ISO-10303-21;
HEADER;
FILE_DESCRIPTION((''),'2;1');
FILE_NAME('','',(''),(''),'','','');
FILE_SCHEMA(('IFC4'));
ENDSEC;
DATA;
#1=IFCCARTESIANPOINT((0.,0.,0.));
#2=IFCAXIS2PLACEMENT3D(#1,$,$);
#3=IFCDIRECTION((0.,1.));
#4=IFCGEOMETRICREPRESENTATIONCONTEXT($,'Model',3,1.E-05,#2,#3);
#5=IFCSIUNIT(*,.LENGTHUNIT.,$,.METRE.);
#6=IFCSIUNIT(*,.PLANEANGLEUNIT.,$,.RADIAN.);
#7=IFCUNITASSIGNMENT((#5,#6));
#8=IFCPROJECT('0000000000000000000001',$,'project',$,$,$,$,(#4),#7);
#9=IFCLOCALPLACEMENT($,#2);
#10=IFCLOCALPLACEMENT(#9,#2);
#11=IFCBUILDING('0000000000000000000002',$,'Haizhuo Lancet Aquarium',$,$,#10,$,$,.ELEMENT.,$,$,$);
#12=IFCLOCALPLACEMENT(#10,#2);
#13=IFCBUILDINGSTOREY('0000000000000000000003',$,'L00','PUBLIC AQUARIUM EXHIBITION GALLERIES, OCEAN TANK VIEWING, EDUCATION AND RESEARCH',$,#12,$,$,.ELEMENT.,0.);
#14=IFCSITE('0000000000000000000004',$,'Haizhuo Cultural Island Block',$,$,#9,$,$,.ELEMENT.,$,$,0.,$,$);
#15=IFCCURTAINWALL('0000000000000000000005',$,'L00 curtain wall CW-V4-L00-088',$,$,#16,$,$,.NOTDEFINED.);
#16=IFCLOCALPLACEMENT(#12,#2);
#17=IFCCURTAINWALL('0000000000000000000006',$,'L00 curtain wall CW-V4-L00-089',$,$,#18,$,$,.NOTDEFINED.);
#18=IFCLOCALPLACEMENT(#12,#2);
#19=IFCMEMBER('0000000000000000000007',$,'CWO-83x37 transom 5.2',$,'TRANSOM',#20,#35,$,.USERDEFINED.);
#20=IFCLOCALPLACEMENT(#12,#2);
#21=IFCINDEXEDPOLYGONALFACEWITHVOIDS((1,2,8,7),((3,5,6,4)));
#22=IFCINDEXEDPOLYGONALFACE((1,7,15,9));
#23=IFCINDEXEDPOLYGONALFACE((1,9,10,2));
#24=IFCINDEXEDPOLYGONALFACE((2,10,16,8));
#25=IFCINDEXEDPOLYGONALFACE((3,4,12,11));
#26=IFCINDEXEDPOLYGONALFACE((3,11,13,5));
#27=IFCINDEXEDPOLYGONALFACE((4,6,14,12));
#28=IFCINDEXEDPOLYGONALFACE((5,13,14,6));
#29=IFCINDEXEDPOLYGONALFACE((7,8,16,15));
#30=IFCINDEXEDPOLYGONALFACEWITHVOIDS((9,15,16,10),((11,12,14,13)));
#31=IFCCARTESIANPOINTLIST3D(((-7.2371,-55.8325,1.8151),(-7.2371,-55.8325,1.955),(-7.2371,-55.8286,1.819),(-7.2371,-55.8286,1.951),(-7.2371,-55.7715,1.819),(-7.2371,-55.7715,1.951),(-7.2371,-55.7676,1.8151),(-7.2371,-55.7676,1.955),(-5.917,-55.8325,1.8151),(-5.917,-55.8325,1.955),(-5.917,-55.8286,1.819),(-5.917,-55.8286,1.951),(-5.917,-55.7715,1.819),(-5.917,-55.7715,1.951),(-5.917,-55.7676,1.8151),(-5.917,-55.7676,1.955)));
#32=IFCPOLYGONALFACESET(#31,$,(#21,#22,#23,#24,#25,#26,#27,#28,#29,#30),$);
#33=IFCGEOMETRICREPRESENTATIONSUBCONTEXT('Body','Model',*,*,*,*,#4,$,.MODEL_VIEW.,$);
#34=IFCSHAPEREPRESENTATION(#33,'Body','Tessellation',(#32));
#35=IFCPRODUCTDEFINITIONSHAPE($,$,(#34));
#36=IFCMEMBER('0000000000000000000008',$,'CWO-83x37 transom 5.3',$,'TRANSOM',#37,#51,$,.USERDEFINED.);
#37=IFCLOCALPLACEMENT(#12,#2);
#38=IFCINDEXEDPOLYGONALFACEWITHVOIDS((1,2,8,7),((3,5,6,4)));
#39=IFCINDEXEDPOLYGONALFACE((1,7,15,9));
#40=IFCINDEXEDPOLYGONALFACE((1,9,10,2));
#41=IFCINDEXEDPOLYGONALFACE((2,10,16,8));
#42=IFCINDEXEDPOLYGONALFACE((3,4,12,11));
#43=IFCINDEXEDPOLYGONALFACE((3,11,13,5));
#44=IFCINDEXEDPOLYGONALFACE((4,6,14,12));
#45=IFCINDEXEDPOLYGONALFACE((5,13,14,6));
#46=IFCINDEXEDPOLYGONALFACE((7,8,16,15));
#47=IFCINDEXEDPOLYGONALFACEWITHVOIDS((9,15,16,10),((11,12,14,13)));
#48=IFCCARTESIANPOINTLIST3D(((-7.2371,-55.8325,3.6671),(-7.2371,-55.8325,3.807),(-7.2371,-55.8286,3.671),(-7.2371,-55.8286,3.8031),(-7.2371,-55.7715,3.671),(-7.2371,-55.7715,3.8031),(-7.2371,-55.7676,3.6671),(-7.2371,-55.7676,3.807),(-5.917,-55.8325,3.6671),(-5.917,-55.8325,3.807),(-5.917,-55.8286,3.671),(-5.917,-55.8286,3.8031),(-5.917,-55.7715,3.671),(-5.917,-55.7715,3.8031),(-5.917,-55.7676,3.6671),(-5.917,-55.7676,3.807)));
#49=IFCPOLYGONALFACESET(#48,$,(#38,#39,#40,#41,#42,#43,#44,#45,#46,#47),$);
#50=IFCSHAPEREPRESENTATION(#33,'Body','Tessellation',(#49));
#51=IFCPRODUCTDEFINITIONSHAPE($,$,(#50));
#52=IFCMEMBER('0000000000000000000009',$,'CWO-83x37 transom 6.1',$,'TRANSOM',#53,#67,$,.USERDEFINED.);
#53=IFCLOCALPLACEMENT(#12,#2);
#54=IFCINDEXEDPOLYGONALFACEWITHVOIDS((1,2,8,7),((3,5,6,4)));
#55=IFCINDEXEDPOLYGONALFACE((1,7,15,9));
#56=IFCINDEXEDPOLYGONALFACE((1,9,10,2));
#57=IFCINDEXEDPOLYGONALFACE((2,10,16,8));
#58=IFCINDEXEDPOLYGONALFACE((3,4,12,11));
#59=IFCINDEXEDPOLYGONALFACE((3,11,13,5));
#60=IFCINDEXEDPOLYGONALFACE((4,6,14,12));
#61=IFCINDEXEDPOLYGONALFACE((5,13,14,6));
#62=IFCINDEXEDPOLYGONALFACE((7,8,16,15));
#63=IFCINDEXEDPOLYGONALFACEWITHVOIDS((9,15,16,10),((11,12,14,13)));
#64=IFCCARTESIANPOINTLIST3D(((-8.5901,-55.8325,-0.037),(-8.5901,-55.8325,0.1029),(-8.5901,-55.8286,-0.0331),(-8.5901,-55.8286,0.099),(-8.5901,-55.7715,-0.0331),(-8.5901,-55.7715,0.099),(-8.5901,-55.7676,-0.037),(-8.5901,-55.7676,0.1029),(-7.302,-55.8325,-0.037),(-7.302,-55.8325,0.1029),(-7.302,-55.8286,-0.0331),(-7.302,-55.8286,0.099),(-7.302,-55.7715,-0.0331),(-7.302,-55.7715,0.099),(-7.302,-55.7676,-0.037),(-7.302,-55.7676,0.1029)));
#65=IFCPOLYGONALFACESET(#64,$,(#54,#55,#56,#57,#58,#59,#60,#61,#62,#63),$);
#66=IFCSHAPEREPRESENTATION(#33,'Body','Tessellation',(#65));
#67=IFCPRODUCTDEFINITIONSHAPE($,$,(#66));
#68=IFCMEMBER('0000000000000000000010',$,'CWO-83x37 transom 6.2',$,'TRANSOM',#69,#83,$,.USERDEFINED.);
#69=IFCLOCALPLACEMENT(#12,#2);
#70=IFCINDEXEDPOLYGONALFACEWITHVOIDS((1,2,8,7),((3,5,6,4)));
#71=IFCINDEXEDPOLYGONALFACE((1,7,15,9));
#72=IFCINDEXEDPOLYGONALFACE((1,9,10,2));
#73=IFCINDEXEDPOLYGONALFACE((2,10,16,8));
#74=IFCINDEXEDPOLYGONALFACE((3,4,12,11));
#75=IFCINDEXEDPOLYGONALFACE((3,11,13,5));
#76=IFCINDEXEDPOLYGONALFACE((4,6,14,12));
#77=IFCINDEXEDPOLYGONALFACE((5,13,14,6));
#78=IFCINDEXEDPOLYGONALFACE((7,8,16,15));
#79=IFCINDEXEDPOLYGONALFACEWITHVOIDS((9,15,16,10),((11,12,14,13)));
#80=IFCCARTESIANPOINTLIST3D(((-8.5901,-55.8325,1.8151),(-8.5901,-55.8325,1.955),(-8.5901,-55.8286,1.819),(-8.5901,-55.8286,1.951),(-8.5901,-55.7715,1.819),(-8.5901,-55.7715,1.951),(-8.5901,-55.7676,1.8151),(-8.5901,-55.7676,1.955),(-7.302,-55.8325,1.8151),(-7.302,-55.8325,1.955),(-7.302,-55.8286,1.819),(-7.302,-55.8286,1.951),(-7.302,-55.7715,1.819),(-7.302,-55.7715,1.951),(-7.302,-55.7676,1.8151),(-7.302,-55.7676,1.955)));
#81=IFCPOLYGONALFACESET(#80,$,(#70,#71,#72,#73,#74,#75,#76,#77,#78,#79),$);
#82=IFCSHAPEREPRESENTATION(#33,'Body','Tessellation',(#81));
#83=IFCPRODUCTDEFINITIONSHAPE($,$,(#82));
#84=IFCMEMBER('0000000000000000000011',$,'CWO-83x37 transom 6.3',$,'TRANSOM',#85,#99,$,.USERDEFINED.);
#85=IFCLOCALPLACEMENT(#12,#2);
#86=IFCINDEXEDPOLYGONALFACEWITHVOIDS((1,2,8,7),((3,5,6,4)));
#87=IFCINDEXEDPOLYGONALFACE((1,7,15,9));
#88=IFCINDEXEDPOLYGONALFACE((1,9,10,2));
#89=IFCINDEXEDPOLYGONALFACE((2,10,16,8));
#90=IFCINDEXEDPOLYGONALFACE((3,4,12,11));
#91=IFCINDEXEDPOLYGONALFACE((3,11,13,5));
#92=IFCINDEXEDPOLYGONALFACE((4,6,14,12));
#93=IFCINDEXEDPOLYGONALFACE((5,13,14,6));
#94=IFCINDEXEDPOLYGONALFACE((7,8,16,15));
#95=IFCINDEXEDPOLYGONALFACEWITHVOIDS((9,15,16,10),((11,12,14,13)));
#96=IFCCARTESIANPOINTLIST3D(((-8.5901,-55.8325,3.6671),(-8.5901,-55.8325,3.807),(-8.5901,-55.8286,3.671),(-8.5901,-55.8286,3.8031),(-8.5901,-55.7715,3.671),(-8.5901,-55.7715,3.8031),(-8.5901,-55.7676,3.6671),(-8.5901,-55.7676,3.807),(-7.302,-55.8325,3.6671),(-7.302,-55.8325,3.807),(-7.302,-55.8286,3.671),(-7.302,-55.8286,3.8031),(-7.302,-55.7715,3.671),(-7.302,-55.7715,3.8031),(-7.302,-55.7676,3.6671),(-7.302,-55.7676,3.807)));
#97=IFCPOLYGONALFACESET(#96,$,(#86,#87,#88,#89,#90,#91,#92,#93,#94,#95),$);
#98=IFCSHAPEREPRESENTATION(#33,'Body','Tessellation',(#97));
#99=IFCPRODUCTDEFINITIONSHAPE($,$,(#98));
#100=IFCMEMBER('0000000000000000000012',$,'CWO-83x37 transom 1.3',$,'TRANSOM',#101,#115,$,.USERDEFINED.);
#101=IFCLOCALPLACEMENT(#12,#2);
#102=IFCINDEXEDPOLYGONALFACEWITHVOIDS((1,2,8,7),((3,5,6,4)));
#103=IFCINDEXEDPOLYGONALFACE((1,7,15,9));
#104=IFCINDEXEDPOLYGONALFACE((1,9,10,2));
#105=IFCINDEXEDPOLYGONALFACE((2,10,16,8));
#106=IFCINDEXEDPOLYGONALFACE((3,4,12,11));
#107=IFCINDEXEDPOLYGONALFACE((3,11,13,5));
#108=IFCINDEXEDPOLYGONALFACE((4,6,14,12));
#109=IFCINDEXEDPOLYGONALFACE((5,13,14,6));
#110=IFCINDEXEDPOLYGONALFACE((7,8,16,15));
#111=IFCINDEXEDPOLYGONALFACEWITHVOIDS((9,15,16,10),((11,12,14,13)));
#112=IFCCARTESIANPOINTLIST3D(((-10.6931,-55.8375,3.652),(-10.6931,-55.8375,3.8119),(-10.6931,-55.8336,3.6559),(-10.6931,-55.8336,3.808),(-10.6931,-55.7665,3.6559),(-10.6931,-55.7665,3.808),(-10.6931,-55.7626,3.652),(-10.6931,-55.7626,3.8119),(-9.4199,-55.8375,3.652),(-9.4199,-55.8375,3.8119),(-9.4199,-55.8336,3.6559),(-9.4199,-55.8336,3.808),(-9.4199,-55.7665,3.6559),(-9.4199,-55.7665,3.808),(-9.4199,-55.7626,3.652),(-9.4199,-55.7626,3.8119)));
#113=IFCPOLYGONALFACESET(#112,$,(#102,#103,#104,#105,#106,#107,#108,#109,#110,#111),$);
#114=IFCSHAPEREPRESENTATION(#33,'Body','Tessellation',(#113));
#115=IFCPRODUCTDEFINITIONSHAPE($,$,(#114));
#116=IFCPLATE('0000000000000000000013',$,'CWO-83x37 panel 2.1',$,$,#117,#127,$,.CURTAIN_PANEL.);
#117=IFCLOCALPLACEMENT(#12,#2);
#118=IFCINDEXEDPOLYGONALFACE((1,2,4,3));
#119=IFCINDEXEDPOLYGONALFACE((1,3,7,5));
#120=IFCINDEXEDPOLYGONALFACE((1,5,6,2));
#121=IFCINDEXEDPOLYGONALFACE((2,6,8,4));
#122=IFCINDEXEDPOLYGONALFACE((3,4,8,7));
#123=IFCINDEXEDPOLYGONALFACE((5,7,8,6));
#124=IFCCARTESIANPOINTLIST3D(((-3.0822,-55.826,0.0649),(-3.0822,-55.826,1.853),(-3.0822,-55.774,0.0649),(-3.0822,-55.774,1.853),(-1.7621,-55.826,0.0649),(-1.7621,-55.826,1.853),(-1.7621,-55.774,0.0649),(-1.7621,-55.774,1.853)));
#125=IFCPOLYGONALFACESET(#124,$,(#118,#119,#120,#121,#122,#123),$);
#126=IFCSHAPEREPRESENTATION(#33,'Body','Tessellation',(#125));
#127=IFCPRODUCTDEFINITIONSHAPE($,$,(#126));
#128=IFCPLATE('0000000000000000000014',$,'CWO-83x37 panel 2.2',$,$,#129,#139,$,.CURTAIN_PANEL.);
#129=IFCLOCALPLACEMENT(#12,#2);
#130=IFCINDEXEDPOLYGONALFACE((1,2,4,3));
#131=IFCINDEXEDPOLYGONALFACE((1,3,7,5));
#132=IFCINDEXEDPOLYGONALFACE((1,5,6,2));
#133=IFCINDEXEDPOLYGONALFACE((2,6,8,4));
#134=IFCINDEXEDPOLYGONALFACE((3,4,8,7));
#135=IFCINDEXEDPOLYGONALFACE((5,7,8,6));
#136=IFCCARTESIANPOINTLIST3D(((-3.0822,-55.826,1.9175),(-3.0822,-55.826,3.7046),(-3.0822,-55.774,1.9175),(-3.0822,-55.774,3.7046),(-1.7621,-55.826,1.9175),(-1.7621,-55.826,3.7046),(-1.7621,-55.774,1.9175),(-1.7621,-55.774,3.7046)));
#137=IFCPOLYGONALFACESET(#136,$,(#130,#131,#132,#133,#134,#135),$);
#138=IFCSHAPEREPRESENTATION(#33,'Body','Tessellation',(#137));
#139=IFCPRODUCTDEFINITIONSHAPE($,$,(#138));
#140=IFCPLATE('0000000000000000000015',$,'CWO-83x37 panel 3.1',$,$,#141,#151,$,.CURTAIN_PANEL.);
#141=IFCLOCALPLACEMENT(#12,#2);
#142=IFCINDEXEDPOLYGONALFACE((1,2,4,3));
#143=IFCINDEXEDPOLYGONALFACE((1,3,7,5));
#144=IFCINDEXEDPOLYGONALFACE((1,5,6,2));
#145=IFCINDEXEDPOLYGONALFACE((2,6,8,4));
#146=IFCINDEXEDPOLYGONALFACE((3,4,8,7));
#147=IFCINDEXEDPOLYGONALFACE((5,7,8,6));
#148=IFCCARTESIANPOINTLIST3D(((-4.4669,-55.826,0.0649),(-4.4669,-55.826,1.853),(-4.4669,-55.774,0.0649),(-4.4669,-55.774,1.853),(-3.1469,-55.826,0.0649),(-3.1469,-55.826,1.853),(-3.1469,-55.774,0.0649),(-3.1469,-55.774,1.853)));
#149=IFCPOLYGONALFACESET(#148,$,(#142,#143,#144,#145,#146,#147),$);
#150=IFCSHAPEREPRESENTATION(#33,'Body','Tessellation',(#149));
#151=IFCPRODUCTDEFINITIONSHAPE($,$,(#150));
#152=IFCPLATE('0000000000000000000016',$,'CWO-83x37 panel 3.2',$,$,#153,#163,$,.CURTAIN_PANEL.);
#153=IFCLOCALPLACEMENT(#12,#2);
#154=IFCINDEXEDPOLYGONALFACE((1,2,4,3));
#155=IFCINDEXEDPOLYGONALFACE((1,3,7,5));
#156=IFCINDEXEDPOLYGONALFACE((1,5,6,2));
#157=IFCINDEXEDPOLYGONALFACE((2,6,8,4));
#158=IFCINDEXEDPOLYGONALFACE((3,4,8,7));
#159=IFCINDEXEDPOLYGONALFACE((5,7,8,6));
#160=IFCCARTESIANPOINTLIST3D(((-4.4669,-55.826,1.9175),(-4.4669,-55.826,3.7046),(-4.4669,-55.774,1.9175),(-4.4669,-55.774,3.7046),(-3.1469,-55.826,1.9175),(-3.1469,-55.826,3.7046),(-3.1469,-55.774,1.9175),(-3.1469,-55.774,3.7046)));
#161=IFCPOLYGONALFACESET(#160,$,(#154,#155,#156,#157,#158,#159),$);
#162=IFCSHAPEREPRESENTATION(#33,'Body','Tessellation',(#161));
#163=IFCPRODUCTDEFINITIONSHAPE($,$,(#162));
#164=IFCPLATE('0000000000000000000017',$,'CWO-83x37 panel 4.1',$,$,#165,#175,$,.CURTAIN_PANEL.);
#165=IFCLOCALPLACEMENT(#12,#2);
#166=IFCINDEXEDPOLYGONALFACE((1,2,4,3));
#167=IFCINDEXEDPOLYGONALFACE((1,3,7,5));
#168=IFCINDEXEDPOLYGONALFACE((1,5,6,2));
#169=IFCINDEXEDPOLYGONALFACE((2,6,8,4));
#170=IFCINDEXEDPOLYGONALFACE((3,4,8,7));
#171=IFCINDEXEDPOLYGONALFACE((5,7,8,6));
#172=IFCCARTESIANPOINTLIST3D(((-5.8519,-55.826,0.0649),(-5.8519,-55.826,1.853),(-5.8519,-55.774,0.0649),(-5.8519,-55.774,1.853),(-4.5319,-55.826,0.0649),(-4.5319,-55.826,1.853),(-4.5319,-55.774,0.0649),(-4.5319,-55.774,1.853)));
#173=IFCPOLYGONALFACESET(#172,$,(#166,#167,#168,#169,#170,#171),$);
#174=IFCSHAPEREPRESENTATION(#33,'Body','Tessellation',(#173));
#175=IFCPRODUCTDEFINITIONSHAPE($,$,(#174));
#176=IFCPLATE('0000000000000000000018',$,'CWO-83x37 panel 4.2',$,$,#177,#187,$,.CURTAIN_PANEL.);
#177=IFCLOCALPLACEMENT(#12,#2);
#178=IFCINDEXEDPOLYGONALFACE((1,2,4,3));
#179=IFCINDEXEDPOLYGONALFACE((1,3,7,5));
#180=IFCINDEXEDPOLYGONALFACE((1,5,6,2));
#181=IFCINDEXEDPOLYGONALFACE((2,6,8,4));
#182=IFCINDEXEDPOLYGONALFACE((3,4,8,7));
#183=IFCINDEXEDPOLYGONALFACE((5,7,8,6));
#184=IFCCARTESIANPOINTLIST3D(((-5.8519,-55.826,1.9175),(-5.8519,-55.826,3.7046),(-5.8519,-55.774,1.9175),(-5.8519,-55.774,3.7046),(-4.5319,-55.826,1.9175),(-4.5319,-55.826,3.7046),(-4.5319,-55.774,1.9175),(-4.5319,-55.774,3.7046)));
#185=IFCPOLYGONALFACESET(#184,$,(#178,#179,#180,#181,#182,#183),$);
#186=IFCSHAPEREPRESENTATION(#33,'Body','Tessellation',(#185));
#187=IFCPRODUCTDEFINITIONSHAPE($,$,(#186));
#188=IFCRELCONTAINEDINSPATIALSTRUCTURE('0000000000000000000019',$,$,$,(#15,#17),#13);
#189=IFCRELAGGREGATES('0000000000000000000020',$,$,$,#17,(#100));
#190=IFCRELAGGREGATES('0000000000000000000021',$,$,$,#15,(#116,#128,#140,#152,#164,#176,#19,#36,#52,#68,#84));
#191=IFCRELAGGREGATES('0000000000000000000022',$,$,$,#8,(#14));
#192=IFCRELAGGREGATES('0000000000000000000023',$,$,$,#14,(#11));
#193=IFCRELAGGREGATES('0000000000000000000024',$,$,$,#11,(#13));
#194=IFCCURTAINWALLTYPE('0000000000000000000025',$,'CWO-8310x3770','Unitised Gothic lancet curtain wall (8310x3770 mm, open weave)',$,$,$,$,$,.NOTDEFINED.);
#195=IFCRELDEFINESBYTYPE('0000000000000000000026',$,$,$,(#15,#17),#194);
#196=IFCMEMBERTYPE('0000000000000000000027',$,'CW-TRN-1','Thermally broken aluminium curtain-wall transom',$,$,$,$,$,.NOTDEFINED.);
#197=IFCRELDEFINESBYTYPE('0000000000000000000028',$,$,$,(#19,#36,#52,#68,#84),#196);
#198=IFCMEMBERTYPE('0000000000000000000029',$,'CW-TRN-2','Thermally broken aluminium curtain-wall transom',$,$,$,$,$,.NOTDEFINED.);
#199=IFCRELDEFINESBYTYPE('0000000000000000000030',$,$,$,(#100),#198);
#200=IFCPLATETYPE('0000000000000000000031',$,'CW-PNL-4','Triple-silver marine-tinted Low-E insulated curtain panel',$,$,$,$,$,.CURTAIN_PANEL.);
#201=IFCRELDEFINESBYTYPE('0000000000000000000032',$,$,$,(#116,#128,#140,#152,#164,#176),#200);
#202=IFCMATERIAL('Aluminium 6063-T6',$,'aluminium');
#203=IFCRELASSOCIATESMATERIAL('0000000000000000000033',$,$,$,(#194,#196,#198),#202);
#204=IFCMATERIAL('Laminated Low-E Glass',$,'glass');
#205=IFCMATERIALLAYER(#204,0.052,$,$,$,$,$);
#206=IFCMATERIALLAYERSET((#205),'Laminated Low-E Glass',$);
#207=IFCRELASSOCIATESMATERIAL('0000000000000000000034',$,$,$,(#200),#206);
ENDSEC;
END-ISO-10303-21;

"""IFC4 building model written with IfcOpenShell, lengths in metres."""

from ifc_helpers import new_model, si_unit, direction, frame, origin, origin_2d, place, context, subcontext, project, spatial, rectangle, hollow_rectangle, extrude, material, layer, layer_set, material_profile, profile_set, type_object, element, aggregate, save


model = new_model("IFC4")

# Units and contexts
model_context = context("Model", 3, precision=1e-05, world=origin(), true_north=direction((0.0, 1.0)))
body_context = subcontext(model_context, "Body", "Model", "MODEL_VIEW")
ifc_project = project(units=[si_unit("LENGTHUNIT", "METRE"), si_unit("PLANEANGLEUNIT", "RADIAN")], contexts=[model_context])

# Site, building, storey
site_placement = place(None, origin())
site = spatial("IfcSite", under=ifc_project, at=site_placement, Name="Haizhuo Cultural Island Block", CompositionType="ELEMENT", RefElevation=0.0)
building_placement = place(site_placement, origin())
building = spatial("IfcBuilding", under=site, at=building_placement, Name="Haizhuo Lancet Aquarium", CompositionType="ELEMENT")
storey_placement = place(building_placement, origin())
storey = spatial("IfcBuildingStorey", under=building, at=storey_placement, Name="L00", Description="PUBLIC AQUARIUM EXHIBITION GALLERIES, OCEAN TANK VIEWING, EDUCATION AND RESEARCH", CompositionType="ELEMENT", Elevation=0.0)

# Curtain wall
ifc_material_1 = material(Name="Aluminium 6063-T6", Category="aluminium")
curtain_wall_type = type_object("IfcCurtainWallType", Name="CWO-8310x3770", Description="Unitised Gothic lancet curtain wall (8310x3770 mm, open weave)", PredefinedType="NOTDEFINED", material=ifc_material_1)
curtain_wall_1_placement = place(storey_placement, origin())
curtain_wall_1 = element("IfcCurtainWall", 1, at=curtain_wall_1_placement, inside=storey, type_object=curtain_wall_type, Name="L00 curtain wall CW-V4-L00-088", PredefinedType="NOTDEFINED")

# Curtain wall
curtain_wall_2_placement = place(storey_placement, origin())
curtain_wall_2 = element("IfcCurtainWall", 2, at=curtain_wall_2_placement, inside=storey, type_object=curtain_wall_type, Name="L00 curtain wall CW-V4-L00-089", PredefinedType="NOTDEFINED")

# Members
ifc_material_profile_1 = material_profile(ifc_material_1, hollow_rectangle(XDim=0.0649, YDim=0.1399, WallThickness=0.0039, at=origin_2d()), Name="ALU-T 65x140x4")
ifc_profile_set_1 = profile_set([ifc_material_profile_1], Name="Aluminium 6063-T6")
member_type_1 = type_object("IfcMemberType", Name="CW-TRN-1", Description="Thermally broken aluminium curtain-wall transom", PredefinedType="NOTDEFINED", material=ifc_profile_set_1)
member_1_placement = place(storey_placement, frame((-5.917, -55.8, 1.885), z_axis=(-1.0, 0.0, 0.0), x_axis=(0.0, -1.0, 0.0)))
member_1 = element("IfcMember", 3, at=member_1_placement, type_object=member_type_1, Name="CWO-83x37 transom 5.2", ObjectType="TRANSOM", PredefinedType="USERDEFINED", context=body_context, shape_type="SweptSolid", body=[
    extrude(hollow_rectangle(XDim=0.0649, YDim=0.1399, WallThickness=0.0039, at=origin_2d()), origin(), (0.0, 0.0, 1.0), 1.3201),
])
member_2_placement = place(storey_placement, frame((-5.917, -55.8, 3.7371), z_axis=(-1.0, 0.0, 0.0), x_axis=(0.0, -1.0, 0.0)))
member_2 = element("IfcMember", 4, at=member_2_placement, type_object=member_type_1, Name="CWO-83x37 transom 5.3", ObjectType="TRANSOM", PredefinedType="USERDEFINED", context=body_context, shape_type="SweptSolid", body=[
    extrude(hollow_rectangle(XDim=0.0649, YDim=0.1399, WallThickness=0.0039, at=origin_2d()), origin(), (0.0, 0.0, 1.0), 1.3201),
])
member_3_placement = place(storey_placement, frame((-7.302, -55.8, 0.033), z_axis=(-1.0, 0.0, 0.0), x_axis=(0.0, -1.0, 0.0)))
member_3 = element("IfcMember", 5, at=member_3_placement, type_object=member_type_1, Name="CWO-83x37 transom 6.1", ObjectType="TRANSOM", PredefinedType="USERDEFINED", context=body_context, shape_type="SweptSolid", body=[
    extrude(hollow_rectangle(XDim=0.0649, YDim=0.1399, WallThickness=0.0039, at=origin_2d()), origin(), (0.0, 0.0, 1.0), 1.2881),
])
member_4_placement = place(storey_placement, frame((-7.302, -55.8, 1.885), z_axis=(-1.0, 0.0, 0.0), x_axis=(0.0, -1.0, 0.0)))
member_4 = element("IfcMember", 6, at=member_4_placement, type_object=member_type_1, Name="CWO-83x37 transom 6.2", ObjectType="TRANSOM", PredefinedType="USERDEFINED", context=body_context, shape_type="SweptSolid", body=[
    extrude(hollow_rectangle(XDim=0.0649, YDim=0.1399, WallThickness=0.0039, at=origin_2d()), origin(), (0.0, 0.0, 1.0), 1.2881),
])
member_5_placement = place(storey_placement, frame((-7.302, -55.8, 3.7371), z_axis=(-1.0, 0.0, 0.0), x_axis=(0.0, -1.0, 0.0)))
member_5 = element("IfcMember", 7, at=member_5_placement, type_object=member_type_1, Name="CWO-83x37 transom 6.3", ObjectType="TRANSOM", PredefinedType="USERDEFINED", context=body_context, shape_type="SweptSolid", body=[
    extrude(hollow_rectangle(XDim=0.0649, YDim=0.1399, WallThickness=0.0039, at=origin_2d()), origin(), (0.0, 0.0, 1.0), 1.2881),
])
ifc_material_profile_2 = material_profile(ifc_material_1, hollow_rectangle(XDim=0.075, YDim=0.1599, WallThickness=0.0039, at=origin_2d()), Name="ALU-T 75x160x4")
ifc_profile_set_2 = profile_set([ifc_material_profile_2], Name="Aluminium 6063-T6")
member_type_2 = type_object("IfcMemberType", Name="CW-TRN-2", Description="Thermally broken aluminium curtain-wall transom", PredefinedType="NOTDEFINED", material=ifc_profile_set_2)
member_6_placement = place(storey_placement, frame((-9.4199, -55.8, 3.7319), z_axis=(-1.0, 0.0, 0.0), x_axis=(0.0, -1.0, 0.0)))
member_6 = element("IfcMember", 8, at=member_6_placement, type_object=member_type_2, Name="CWO-83x37 transom 1.3", ObjectType="TRANSOM", PredefinedType="USERDEFINED", context=body_context, shape_type="SweptSolid", body=[
    extrude(hollow_rectangle(XDim=0.075, YDim=0.1599, WallThickness=0.0039, at=origin_2d()), origin(), (0.0, 0.0, 1.0), 1.2732),
])
aggregate(curtain_wall_2, [member_6])

# Plates
ifc_material_2 = material(Name="Laminated Low-E Glass", Category="glass")
ifc_layer = layer(ifc_material_2, 0.052)
ifc_layer_set = layer_set([ifc_layer], Name="Laminated Low-E Glass")
plate_type = type_object("IfcPlateType", Name="CW-PNL-4", Description="Triple-silver marine-tinted Low-E insulated curtain panel", PredefinedType="CURTAIN_PANEL", material=ifc_layer_set)
plate_1_placement = place(storey_placement, frame((-2.4221, -55.8, 0.0649), z_axis=(0.0, 0.0, 1.0), x_axis=(-1.0, 0.0, 0.0)))
plate_1 = element("IfcPlate", 9, at=plate_1_placement, type_object=plate_type, Name="CWO-83x37 panel 2.1", PredefinedType="CURTAIN_PANEL", context=body_context, shape_type="SweptSolid", body=[
    extrude(rectangle(XDim=1.3201, YDim=0.052, at=origin_2d()), origin(), (0.0, 0.0, 1.0), 1.7881),
])
plate_2_placement = place(storey_placement, frame((-2.4221, -55.8, 1.9175), z_axis=(0.0, 0.0, 1.0), x_axis=(-1.0, 0.0, 0.0)))
plate_2 = element("IfcPlate", 10, at=plate_2_placement, type_object=plate_type, Name="CWO-83x37 panel 2.2", PredefinedType="CURTAIN_PANEL", context=body_context, shape_type="SweptSolid", body=[
    extrude(rectangle(XDim=1.3201, YDim=0.052, at=origin_2d()), origin(), (0.0, 0.0, 1.0), 1.7871),
])
plate_3_placement = place(storey_placement, frame((-3.8069, -55.8, 0.0649), z_axis=(0.0, 0.0, 1.0), x_axis=(-1.0, 0.0, 0.0)))
plate_3 = element("IfcPlate", 11, at=plate_3_placement, type_object=plate_type, Name="CWO-83x37 panel 3.1", PredefinedType="CURTAIN_PANEL", context=body_context, shape_type="SweptSolid", body=[
    extrude(rectangle(XDim=1.3201, YDim=0.052, at=origin_2d()), origin(), (0.0, 0.0, 1.0), 1.7881),
])
plate_4_placement = place(storey_placement, frame((-3.8069, -55.8, 1.9175), z_axis=(0.0, 0.0, 1.0), x_axis=(-1.0, 0.0, 0.0)))
plate_4 = element("IfcPlate", 12, at=plate_4_placement, type_object=plate_type, Name="CWO-83x37 panel 3.2", PredefinedType="CURTAIN_PANEL", context=body_context, shape_type="SweptSolid", body=[
    extrude(rectangle(XDim=1.3201, YDim=0.052, at=origin_2d()), origin(), (0.0, 0.0, 1.0), 1.7871),
])
plate_5_placement = place(storey_placement, frame((-5.1919, -55.8, 0.0649), z_axis=(0.0, 0.0, 1.0), x_axis=(-1.0, 0.0, 0.0)))
plate_5 = element("IfcPlate", 13, at=plate_5_placement, type_object=plate_type, Name="CWO-83x37 panel 4.1", PredefinedType="CURTAIN_PANEL", context=body_context, shape_type="SweptSolid", body=[
    extrude(rectangle(XDim=1.3201, YDim=0.052, at=origin_2d()), origin(), (0.0, 0.0, 1.0), 1.7881),
])
plate_6_placement = place(storey_placement, frame((-5.1919, -55.8, 1.9175), z_axis=(0.0, 0.0, 1.0), x_axis=(-1.0, 0.0, 0.0)))
plate_6 = element("IfcPlate", 14, at=plate_6_placement, type_object=plate_type, Name="CWO-83x37 panel 4.2", PredefinedType="CURTAIN_PANEL", context=body_context, shape_type="SweptSolid", body=[
    extrude(rectangle(XDim=1.3201, YDim=0.052, at=origin_2d()), origin(), (0.0, 0.0, 1.0), 1.7871),
])
aggregate(curtain_wall_1, [plate_1, plate_2, plate_3, plate_4, plate_5, plate_6, member_1, member_2, member_3, member_4, member_5])

save(model, "model.ifc")
